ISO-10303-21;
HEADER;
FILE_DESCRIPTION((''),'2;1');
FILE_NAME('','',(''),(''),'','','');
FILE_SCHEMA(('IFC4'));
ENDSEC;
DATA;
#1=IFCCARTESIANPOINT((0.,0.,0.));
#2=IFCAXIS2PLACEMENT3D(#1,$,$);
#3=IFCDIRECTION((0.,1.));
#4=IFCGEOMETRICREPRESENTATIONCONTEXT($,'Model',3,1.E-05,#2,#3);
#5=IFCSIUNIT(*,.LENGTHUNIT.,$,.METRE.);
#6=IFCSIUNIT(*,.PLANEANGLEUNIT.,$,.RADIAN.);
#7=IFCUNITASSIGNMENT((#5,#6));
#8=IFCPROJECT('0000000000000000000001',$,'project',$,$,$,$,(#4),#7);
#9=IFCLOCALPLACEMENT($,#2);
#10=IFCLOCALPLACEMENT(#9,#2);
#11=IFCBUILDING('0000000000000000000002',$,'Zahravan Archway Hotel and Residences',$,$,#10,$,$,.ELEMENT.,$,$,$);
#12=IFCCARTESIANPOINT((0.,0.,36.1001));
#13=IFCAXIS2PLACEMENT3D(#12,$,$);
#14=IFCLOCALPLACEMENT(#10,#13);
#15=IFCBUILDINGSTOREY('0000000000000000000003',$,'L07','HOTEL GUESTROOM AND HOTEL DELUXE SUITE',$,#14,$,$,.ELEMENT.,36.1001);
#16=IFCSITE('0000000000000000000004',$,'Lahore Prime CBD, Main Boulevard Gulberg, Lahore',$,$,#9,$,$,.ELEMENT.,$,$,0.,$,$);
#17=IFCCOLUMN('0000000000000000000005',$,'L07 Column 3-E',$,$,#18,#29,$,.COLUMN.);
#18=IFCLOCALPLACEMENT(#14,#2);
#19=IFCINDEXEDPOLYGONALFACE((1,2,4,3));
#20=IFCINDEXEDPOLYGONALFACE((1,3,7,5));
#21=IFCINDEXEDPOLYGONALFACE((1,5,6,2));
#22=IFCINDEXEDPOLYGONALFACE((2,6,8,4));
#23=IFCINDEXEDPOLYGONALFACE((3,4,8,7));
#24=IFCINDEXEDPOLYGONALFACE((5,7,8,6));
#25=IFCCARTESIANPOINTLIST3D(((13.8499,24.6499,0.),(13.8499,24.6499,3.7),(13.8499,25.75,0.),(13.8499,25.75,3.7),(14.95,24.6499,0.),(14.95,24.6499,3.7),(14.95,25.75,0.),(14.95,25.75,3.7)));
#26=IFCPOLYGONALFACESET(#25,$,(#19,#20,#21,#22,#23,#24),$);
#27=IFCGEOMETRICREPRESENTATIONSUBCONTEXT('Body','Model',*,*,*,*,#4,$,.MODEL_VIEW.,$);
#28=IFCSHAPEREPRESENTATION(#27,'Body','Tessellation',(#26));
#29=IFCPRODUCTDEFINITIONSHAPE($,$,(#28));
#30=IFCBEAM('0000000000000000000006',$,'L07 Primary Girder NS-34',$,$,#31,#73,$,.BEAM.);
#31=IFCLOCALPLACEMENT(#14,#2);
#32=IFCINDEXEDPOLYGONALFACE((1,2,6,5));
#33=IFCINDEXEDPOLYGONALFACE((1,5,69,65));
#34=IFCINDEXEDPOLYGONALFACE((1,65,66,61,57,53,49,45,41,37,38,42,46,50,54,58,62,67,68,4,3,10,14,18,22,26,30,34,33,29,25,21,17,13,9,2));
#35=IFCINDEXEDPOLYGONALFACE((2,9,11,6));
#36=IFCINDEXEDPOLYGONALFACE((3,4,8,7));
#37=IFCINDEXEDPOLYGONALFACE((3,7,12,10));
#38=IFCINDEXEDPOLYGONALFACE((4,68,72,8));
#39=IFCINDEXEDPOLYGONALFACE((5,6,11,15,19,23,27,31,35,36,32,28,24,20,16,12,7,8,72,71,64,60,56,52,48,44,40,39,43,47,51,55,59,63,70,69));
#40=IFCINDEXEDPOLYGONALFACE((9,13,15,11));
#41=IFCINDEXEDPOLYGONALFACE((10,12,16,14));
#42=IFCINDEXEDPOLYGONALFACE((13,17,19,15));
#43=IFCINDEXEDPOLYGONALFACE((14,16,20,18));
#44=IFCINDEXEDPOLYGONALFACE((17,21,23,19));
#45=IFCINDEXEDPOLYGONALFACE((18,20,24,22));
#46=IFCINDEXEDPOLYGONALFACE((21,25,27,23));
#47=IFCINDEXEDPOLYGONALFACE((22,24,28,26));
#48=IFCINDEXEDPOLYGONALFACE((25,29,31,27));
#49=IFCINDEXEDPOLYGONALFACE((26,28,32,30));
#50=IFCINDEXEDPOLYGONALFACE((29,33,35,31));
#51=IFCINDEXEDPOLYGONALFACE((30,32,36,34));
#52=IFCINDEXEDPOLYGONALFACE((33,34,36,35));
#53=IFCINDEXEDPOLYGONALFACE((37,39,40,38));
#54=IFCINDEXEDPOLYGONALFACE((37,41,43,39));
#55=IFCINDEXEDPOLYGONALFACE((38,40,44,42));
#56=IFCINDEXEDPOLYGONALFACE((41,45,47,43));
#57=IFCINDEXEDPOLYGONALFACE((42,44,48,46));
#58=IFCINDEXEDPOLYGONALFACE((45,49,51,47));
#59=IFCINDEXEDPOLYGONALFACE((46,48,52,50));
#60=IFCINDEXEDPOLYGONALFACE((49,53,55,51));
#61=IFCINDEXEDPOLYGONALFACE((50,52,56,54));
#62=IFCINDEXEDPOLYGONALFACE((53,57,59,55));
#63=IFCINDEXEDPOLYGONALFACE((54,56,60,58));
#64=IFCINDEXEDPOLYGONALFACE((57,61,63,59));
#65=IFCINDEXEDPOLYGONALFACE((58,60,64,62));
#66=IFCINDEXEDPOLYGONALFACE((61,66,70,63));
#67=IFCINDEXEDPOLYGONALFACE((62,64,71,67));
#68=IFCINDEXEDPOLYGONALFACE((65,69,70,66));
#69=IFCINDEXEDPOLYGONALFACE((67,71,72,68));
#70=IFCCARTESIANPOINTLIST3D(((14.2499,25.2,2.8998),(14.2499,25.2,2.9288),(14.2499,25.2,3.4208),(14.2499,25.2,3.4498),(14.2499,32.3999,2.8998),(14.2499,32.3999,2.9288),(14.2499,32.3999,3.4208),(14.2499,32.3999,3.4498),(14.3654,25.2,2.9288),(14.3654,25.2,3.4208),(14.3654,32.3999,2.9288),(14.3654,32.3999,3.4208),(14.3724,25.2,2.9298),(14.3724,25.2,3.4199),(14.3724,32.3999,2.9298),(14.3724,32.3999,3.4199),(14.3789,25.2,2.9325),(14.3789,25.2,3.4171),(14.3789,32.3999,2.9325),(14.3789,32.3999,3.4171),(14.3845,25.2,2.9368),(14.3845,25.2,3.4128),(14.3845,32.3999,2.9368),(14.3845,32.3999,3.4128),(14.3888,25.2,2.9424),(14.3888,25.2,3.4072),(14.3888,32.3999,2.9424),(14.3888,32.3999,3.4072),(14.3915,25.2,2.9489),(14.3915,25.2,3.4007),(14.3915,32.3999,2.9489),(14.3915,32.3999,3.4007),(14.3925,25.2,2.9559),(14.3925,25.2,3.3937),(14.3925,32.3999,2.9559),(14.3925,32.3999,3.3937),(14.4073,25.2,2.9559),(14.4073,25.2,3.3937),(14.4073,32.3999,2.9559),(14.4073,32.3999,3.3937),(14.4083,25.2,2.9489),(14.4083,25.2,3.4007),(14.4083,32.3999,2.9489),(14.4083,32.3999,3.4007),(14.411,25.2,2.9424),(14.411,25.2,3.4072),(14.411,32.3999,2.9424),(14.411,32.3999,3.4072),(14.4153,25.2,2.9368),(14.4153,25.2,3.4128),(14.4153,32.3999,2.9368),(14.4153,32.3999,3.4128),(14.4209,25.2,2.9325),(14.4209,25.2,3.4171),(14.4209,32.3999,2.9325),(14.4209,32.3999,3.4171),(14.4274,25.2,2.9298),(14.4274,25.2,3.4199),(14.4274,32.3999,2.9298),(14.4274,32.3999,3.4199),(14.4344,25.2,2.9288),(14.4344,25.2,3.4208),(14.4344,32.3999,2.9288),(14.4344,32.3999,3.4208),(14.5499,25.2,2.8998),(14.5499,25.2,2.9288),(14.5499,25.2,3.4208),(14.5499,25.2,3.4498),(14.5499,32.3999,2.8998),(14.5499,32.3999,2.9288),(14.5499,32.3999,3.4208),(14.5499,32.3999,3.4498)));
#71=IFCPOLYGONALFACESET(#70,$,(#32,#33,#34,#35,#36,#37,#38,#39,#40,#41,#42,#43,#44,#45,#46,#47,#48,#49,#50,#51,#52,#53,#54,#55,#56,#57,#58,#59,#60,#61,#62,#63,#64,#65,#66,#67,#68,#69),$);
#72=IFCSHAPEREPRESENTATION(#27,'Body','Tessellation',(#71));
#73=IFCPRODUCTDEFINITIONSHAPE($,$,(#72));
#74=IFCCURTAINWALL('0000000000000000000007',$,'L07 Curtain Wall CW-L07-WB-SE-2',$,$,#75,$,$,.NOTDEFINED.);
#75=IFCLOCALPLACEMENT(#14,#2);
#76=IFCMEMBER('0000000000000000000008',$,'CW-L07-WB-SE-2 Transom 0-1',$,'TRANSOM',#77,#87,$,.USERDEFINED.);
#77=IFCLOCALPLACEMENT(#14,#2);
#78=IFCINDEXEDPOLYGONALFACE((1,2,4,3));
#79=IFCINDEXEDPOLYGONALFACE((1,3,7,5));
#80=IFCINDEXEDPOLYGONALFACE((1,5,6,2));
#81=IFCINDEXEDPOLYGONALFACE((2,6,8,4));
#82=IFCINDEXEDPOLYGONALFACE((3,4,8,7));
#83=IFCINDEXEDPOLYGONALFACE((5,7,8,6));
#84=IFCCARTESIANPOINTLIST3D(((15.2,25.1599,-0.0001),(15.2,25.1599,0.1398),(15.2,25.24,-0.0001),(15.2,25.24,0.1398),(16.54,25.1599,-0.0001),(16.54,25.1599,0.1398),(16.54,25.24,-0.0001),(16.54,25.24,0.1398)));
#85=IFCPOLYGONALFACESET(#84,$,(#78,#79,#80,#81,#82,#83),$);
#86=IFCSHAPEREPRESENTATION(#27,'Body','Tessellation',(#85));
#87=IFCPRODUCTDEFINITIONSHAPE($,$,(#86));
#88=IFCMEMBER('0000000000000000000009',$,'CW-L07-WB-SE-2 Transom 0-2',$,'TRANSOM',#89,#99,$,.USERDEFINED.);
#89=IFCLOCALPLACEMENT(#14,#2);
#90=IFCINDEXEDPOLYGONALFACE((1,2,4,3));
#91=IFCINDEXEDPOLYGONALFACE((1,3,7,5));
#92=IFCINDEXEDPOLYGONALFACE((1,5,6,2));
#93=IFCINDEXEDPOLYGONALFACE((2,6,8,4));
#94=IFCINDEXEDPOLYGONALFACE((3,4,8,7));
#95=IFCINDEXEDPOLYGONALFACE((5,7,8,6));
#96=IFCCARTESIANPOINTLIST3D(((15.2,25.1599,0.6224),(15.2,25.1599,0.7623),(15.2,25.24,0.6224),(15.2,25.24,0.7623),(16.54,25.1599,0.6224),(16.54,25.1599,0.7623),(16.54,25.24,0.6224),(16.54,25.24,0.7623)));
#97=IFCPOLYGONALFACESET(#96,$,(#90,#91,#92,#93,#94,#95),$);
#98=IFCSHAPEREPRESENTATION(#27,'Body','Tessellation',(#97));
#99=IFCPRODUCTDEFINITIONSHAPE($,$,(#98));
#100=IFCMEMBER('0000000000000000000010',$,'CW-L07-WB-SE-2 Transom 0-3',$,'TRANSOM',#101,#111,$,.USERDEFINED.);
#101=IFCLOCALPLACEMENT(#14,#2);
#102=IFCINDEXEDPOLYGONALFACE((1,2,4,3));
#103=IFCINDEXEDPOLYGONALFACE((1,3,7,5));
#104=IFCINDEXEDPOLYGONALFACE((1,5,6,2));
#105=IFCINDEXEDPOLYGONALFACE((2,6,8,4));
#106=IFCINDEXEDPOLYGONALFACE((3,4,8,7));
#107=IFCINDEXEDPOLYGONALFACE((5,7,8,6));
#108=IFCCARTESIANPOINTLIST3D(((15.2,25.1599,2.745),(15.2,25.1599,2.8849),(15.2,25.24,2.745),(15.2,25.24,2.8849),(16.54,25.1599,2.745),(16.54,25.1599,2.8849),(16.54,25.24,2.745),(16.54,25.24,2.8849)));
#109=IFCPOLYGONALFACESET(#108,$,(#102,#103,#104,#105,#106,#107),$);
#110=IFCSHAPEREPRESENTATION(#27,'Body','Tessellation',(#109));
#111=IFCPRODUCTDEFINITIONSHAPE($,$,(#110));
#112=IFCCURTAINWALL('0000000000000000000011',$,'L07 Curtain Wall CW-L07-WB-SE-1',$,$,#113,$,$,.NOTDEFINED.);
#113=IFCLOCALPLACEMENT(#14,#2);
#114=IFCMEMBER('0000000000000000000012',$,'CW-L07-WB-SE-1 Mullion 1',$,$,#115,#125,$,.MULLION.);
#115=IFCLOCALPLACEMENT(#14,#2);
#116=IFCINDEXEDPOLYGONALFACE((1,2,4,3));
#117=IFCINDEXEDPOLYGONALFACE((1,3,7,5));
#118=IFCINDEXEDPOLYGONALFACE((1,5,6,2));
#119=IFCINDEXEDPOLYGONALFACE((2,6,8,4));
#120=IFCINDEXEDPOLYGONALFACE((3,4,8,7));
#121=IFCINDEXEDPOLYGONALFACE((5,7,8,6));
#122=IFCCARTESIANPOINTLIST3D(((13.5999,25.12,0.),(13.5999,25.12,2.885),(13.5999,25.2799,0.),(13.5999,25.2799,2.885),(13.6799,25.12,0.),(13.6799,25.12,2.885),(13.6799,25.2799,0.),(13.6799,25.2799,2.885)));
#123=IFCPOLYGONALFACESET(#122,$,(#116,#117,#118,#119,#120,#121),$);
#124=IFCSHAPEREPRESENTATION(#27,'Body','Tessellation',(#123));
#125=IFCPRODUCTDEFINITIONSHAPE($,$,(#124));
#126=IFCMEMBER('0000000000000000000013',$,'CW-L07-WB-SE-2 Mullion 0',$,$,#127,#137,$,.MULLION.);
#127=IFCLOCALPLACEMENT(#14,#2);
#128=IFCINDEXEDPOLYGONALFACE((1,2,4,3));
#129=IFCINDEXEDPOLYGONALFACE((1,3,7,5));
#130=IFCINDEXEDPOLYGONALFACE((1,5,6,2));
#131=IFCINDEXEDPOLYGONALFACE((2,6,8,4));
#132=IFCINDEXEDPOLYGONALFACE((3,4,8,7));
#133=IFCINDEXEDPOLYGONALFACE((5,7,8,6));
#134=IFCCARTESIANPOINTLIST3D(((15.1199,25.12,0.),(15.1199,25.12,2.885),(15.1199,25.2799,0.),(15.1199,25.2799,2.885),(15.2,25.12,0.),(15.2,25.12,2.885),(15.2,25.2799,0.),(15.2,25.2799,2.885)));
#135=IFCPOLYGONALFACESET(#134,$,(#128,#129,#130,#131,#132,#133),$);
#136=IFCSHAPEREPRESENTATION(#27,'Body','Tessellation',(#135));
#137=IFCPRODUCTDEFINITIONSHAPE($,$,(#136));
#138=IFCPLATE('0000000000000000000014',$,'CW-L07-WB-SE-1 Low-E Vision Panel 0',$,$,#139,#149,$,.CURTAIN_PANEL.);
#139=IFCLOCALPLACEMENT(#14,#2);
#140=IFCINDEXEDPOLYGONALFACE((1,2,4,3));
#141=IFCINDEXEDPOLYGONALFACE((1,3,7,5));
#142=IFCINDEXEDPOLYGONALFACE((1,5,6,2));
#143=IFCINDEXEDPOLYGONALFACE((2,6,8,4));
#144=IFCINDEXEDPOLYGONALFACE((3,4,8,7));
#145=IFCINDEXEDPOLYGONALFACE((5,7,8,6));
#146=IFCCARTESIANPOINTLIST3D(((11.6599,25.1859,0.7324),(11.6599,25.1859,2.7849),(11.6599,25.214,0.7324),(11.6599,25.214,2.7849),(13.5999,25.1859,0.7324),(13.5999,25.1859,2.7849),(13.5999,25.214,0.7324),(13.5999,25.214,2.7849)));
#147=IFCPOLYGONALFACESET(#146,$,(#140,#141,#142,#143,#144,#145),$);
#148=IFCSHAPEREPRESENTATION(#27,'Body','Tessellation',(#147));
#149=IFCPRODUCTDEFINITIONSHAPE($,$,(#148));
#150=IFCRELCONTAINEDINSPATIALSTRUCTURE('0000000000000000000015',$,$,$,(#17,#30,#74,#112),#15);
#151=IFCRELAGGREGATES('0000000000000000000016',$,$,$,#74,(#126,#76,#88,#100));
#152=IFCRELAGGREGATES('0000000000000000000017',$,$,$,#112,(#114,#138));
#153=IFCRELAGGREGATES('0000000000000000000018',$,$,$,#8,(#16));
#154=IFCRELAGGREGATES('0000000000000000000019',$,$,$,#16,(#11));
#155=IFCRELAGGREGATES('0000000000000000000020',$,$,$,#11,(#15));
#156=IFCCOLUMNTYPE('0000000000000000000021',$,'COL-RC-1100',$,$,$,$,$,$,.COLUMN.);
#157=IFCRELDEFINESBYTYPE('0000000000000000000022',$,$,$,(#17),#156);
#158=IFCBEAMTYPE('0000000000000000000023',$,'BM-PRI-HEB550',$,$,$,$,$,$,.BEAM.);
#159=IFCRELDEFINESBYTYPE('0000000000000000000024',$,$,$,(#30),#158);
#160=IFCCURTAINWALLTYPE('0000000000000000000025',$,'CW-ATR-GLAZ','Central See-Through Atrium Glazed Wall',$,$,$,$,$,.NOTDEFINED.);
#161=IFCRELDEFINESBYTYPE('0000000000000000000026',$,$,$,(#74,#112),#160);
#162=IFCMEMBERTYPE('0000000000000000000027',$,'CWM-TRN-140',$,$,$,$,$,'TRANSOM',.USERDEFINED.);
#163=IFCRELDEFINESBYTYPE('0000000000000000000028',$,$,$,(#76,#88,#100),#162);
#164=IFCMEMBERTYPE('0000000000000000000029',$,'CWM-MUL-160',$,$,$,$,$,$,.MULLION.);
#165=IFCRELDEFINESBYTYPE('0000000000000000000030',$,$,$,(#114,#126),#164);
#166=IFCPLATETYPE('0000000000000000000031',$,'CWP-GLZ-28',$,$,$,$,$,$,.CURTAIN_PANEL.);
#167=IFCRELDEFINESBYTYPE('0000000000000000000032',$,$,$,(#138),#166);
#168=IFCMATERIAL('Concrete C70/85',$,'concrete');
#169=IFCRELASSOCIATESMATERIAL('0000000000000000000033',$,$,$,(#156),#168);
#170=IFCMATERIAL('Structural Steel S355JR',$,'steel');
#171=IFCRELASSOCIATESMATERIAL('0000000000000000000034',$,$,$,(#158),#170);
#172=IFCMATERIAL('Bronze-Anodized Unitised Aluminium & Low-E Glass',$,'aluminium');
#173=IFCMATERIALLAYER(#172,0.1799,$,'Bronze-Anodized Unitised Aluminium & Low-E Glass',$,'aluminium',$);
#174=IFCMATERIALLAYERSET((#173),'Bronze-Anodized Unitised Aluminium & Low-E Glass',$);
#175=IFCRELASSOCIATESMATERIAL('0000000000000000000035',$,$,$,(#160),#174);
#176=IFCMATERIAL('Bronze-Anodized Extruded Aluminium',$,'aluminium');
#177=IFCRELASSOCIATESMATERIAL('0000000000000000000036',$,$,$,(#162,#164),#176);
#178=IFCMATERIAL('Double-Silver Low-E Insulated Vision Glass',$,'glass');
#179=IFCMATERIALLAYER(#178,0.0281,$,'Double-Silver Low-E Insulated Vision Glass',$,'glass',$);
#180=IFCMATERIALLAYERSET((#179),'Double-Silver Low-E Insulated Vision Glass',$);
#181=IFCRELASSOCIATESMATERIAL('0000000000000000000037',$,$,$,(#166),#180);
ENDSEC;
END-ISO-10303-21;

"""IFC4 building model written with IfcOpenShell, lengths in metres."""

from ifc_helpers import new_model, si_unit, direction, frame, origin, origin_2d, place, context, subcontext, project, spatial, rectangle, i_section, extrude, source, transform, mapped, material, layer, layer_set, material_profile, profile_set, type_object, element, aggregate, save


model = new_model("IFC4")

# Units and contexts
model_context = context("Model", 3, precision=1e-05, world=origin(), true_north=direction((0.0, 1.0)))
body_context = subcontext(model_context, "Body", "Model", "MODEL_VIEW")
ifc_project = project(units=[si_unit("LENGTHUNIT", "METRE"), si_unit("PLANEANGLEUNIT", "RADIAN")], contexts=[model_context])

# Site, building, storey
site_placement = place(None, origin())
site = spatial("IfcSite", under=ifc_project, at=site_placement, Name="Lahore Prime CBD, Main Boulevard Gulberg, Lahore", CompositionType="ELEMENT", RefElevation=0.0)
building_placement = place(site_placement, origin())
building = spatial("IfcBuilding", under=site, at=building_placement, Name="Zahravan Archway Hotel and Residences", CompositionType="ELEMENT")
storey_placement = place(building_placement, frame((0.0, 0.0, 36.1001)))
storey = spatial("IfcBuildingStorey", under=building, at=storey_placement, Name="L07", Description="HOTEL GUESTROOM AND HOTEL DELUXE SUITE", CompositionType="ELEMENT", Elevation=36.1001)

# Column
ifc_material_1 = material(Name="Concrete C70/85", Category="concrete")
ifc_material_profile_1 = material_profile(ifc_material_1, rectangle(XDim=1.1001, YDim=1.1001, at=origin_2d()), Name="RC 1100x1100", Category="concrete")
ifc_profile_set_1 = profile_set([ifc_material_profile_1], Name="Concrete C70/85")
column_type = type_object("IfcColumnType", Name="COL-RC-1100", PredefinedType="COLUMN", material=ifc_profile_set_1)
shared_shape_1 = source(origin(), body_context, "Body", "SweptSolid", [
    extrude(rectangle(XDim=1.1001, YDim=1.1001, at=origin_2d()), origin(), (0.0, 0.0, 1.0), 3.7),
])
column_placement = place(storey_placement, frame((14.3999, 25.2, 0.0), z_axis=(0.0, 0.0, 1.0), x_axis=(1.0, 0.0, 0.0)))
element("IfcColumn", 1, at=column_placement, inside=storey, type_object=column_type, Name="L07 Column 3-E", PredefinedType="COLUMN", context=body_context, shape_type="MappedRepresentation", body=[
    mapped(shared_shape_1, transform((0.0, 0.0, 0.0), scale=1.0)),
])

# Beam
ifc_material_2 = material(Name="Structural Steel S355JR", Category="steel")
ifc_material_profile_2 = material_profile(ifc_material_2, i_section(OverallWidth=0.3, OverallDepth=0.55, WebThickness=0.0149, FlangeThickness=0.0291, FilletRadius=0.0271, at=origin_2d()), Name="HEB 550", Category="steel")
ifc_profile_set_2 = profile_set([ifc_material_profile_2], Name="Structural Steel S355JR")
beam_type = type_object("IfcBeamType", Name="BM-PRI-HEB550", PredefinedType="BEAM", material=ifc_profile_set_2)
shared_shape_2 = source(origin(), body_context, "Body", "SweptSolid", [
    extrude(i_section(OverallWidth=0.3, OverallDepth=0.55, WebThickness=0.0149, FlangeThickness=0.0291, FilletRadius=0.0271, at=origin_2d()), origin(), (0.0, 0.0, 1.0), 7.2),
])
beam_placement = place(storey_placement, frame((14.3999, 25.2, 3.1748), z_axis=(0.0, 1.0, 0.0), x_axis=(-1.0, 0.0, 0.0)))
element("IfcBeam", 2, at=beam_placement, inside=storey, type_object=beam_type, Name="L07 Primary Girder NS-34", PredefinedType="BEAM", context=body_context, shape_type="MappedRepresentation", body=[
    mapped(shared_shape_2, transform((0.0, 0.0, 0.0), scale=1.0)),
])

# Curtain wall, members
ifc_material_3 = material(Name="Bronze-Anodized Unitised Aluminium & Low-E Glass", Category="aluminium")
ifc_layer_1 = layer(ifc_material_3, 0.1799, Name="Bronze-Anodized Unitised Aluminium & Low-E Glass", Category="aluminium")
ifc_layer_set_1 = layer_set([ifc_layer_1], Name="Bronze-Anodized Unitised Aluminium & Low-E Glass")
curtain_wall_type = type_object("IfcCurtainWallType", Name="CW-ATR-GLAZ", Description="Central See-Through Atrium Glazed Wall", PredefinedType="NOTDEFINED", material=ifc_layer_set_1)
curtain_wall_1_placement = place(storey_placement, origin())
curtain_wall_1 = element("IfcCurtainWall", 3, at=curtain_wall_1_placement, inside=storey, type_object=curtain_wall_type, Name="L07 Curtain Wall CW-L07-WB-SE-2", PredefinedType="NOTDEFINED")
ifc_material_4 = material(Name="Bronze-Anodized Extruded Aluminium", Category="aluminium")
ifc_material_profile_3 = material_profile(ifc_material_4, rectangle(XDim=0.0801, YDim=0.1399, at=origin_2d()), Name="TRN 80x140", Category="aluminium")
ifc_profile_set_3 = profile_set([ifc_material_profile_3], Name="Bronze-Anodized Extruded Aluminium")
member_type_1 = type_object("IfcMemberType", Name="CWM-TRN-140", ElementType="TRANSOM", PredefinedType="USERDEFINED", material=ifc_profile_set_3)
shared_shape_3 = source(origin(), body_context, "Body", "SweptSolid", [
    extrude(rectangle(XDim=0.0801, YDim=0.1399, at=origin_2d()), origin(), (0.0, 0.0, 1.0), 1.3401),
])
member_1_placement = place(storey_placement, frame((15.2, 25.2, 0.0698), z_axis=(1.0, 0.0, 0.0), x_axis=(0.0, 1.0, 0.0)))
member_1 = element("IfcMember", 4, at=member_1_placement, type_object=member_type_1, Name="CW-L07-WB-SE-2 Transom 0-1", ObjectType="TRANSOM", PredefinedType="USERDEFINED", context=body_context, shape_type="MappedRepresentation", body=[
    mapped(shared_shape_3, transform((0.0, 0.0, 0.0), scale=1.0)),
])
member_2_placement = place(storey_placement, frame((15.2, 25.2, 0.6924), z_axis=(1.0, 0.0, 0.0), x_axis=(0.0, 1.0, 0.0)))
member_2 = element("IfcMember", 5, at=member_2_placement, type_object=member_type_1, Name="CW-L07-WB-SE-2 Transom 0-2", ObjectType="TRANSOM", PredefinedType="USERDEFINED", context=body_context, shape_type="MappedRepresentation", body=[
    mapped(shared_shape_3, transform((0.0, 0.0, 0.0), scale=1.0)),
])
member_3_placement = place(storey_placement, frame((15.2, 25.2, 2.8149), z_axis=(1.0, 0.0, 0.0), x_axis=(0.0, 1.0, 0.0)))
member_3 = element("IfcMember", 6, at=member_3_placement, type_object=member_type_1, Name="CW-L07-WB-SE-2 Transom 0-3", ObjectType="TRANSOM", PredefinedType="USERDEFINED", context=body_context, shape_type="MappedRepresentation", body=[
    mapped(shared_shape_3, transform((0.0, 0.0, 0.0), scale=1.0)),
])

# Curtain wall, member
curtain_wall_2_placement = place(storey_placement, origin())
curtain_wall_2 = element("IfcCurtainWall", 7, at=curtain_wall_2_placement, inside=storey, type_object=curtain_wall_type, Name="L07 Curtain Wall CW-L07-WB-SE-1", PredefinedType="NOTDEFINED")
ifc_material_profile_4 = material_profile(ifc_material_4, rectangle(XDim=0.0801, YDim=0.1599, at=origin_2d()), Name="MUL 80x160", Category="aluminium")
ifc_profile_set_4 = profile_set([ifc_material_profile_4], Name="Bronze-Anodized Extruded Aluminium")
member_type_2 = type_object("IfcMemberType", Name="CWM-MUL-160", PredefinedType="MULLION", material=ifc_profile_set_4)
shared_shape_4 = source(origin(), body_context, "Body", "SweptSolid", [
    extrude(rectangle(XDim=0.0801, YDim=0.1599, at=origin_2d()), origin(), (0.0, 0.0, 1.0), 2.885),
])
member_4_placement = place(storey_placement, frame((13.6399, 25.2, 0.0), z_axis=(0.0, 0.0, 1.0), x_axis=(1.0, 0.0, 0.0)))
member_4 = element("IfcMember", 8, at=member_4_placement, type_object=member_type_2, Name="CW-L07-WB-SE-1 Mullion 1", PredefinedType="MULLION", context=body_context, shape_type="MappedRepresentation", body=[
    mapped(shared_shape_4, transform((0.0, 0.0, 0.0), scale=1.0)),
])

# Member
member_5_placement = place(storey_placement, frame((15.1599, 25.2, 0.0), z_axis=(0.0, 0.0, 1.0), x_axis=(1.0, 0.0, 0.0)))
member_5 = element("IfcMember", 9, at=member_5_placement, type_object=member_type_2, Name="CW-L07-WB-SE-2 Mullion 0", PredefinedType="MULLION", context=body_context, shape_type="MappedRepresentation", body=[
    mapped(shared_shape_4, transform((0.0, 0.0, 0.0), scale=1.0)),
])
aggregate(curtain_wall_1, [member_5, member_1, member_2, member_3])

# Plate
ifc_material_5 = material(Name="Double-Silver Low-E Insulated Vision Glass", Category="glass")
ifc_layer_2 = layer(ifc_material_5, 0.0281, Name="Double-Silver Low-E Insulated Vision Glass", Category="glass")
ifc_layer_set_2 = layer_set([ifc_layer_2], Name="Double-Silver Low-E Insulated Vision Glass")
plate_type = type_object("IfcPlateType", Name="CWP-GLZ-28", PredefinedType="CURTAIN_PANEL", material=ifc_layer_set_2)
shared_shape_5 = source(origin(), body_context, "Body", "SweptSolid", [
    extrude(rectangle(XDim=1.9399, YDim=0.0281, at=origin_2d()), origin(), (0.0, 0.0, 1.0), 2.0525),
])
plate_placement = place(storey_placement, frame((12.6299, 25.2, 0.7324), z_axis=(0.0, 0.0, 1.0), x_axis=(1.0, 0.0, 0.0)))
plate = element("IfcPlate", 10, at=plate_placement, type_object=plate_type, Name="CW-L07-WB-SE-1 Low-E Vision Panel 0", PredefinedType="CURTAIN_PANEL", context=body_context, shape_type="MappedRepresentation", body=[
    mapped(shared_shape_5, transform((0.0, 0.0, 0.0), scale=1.0)),
])
aggregate(curtain_wall_2, [member_4, plate])

save(model, "model.ifc")
